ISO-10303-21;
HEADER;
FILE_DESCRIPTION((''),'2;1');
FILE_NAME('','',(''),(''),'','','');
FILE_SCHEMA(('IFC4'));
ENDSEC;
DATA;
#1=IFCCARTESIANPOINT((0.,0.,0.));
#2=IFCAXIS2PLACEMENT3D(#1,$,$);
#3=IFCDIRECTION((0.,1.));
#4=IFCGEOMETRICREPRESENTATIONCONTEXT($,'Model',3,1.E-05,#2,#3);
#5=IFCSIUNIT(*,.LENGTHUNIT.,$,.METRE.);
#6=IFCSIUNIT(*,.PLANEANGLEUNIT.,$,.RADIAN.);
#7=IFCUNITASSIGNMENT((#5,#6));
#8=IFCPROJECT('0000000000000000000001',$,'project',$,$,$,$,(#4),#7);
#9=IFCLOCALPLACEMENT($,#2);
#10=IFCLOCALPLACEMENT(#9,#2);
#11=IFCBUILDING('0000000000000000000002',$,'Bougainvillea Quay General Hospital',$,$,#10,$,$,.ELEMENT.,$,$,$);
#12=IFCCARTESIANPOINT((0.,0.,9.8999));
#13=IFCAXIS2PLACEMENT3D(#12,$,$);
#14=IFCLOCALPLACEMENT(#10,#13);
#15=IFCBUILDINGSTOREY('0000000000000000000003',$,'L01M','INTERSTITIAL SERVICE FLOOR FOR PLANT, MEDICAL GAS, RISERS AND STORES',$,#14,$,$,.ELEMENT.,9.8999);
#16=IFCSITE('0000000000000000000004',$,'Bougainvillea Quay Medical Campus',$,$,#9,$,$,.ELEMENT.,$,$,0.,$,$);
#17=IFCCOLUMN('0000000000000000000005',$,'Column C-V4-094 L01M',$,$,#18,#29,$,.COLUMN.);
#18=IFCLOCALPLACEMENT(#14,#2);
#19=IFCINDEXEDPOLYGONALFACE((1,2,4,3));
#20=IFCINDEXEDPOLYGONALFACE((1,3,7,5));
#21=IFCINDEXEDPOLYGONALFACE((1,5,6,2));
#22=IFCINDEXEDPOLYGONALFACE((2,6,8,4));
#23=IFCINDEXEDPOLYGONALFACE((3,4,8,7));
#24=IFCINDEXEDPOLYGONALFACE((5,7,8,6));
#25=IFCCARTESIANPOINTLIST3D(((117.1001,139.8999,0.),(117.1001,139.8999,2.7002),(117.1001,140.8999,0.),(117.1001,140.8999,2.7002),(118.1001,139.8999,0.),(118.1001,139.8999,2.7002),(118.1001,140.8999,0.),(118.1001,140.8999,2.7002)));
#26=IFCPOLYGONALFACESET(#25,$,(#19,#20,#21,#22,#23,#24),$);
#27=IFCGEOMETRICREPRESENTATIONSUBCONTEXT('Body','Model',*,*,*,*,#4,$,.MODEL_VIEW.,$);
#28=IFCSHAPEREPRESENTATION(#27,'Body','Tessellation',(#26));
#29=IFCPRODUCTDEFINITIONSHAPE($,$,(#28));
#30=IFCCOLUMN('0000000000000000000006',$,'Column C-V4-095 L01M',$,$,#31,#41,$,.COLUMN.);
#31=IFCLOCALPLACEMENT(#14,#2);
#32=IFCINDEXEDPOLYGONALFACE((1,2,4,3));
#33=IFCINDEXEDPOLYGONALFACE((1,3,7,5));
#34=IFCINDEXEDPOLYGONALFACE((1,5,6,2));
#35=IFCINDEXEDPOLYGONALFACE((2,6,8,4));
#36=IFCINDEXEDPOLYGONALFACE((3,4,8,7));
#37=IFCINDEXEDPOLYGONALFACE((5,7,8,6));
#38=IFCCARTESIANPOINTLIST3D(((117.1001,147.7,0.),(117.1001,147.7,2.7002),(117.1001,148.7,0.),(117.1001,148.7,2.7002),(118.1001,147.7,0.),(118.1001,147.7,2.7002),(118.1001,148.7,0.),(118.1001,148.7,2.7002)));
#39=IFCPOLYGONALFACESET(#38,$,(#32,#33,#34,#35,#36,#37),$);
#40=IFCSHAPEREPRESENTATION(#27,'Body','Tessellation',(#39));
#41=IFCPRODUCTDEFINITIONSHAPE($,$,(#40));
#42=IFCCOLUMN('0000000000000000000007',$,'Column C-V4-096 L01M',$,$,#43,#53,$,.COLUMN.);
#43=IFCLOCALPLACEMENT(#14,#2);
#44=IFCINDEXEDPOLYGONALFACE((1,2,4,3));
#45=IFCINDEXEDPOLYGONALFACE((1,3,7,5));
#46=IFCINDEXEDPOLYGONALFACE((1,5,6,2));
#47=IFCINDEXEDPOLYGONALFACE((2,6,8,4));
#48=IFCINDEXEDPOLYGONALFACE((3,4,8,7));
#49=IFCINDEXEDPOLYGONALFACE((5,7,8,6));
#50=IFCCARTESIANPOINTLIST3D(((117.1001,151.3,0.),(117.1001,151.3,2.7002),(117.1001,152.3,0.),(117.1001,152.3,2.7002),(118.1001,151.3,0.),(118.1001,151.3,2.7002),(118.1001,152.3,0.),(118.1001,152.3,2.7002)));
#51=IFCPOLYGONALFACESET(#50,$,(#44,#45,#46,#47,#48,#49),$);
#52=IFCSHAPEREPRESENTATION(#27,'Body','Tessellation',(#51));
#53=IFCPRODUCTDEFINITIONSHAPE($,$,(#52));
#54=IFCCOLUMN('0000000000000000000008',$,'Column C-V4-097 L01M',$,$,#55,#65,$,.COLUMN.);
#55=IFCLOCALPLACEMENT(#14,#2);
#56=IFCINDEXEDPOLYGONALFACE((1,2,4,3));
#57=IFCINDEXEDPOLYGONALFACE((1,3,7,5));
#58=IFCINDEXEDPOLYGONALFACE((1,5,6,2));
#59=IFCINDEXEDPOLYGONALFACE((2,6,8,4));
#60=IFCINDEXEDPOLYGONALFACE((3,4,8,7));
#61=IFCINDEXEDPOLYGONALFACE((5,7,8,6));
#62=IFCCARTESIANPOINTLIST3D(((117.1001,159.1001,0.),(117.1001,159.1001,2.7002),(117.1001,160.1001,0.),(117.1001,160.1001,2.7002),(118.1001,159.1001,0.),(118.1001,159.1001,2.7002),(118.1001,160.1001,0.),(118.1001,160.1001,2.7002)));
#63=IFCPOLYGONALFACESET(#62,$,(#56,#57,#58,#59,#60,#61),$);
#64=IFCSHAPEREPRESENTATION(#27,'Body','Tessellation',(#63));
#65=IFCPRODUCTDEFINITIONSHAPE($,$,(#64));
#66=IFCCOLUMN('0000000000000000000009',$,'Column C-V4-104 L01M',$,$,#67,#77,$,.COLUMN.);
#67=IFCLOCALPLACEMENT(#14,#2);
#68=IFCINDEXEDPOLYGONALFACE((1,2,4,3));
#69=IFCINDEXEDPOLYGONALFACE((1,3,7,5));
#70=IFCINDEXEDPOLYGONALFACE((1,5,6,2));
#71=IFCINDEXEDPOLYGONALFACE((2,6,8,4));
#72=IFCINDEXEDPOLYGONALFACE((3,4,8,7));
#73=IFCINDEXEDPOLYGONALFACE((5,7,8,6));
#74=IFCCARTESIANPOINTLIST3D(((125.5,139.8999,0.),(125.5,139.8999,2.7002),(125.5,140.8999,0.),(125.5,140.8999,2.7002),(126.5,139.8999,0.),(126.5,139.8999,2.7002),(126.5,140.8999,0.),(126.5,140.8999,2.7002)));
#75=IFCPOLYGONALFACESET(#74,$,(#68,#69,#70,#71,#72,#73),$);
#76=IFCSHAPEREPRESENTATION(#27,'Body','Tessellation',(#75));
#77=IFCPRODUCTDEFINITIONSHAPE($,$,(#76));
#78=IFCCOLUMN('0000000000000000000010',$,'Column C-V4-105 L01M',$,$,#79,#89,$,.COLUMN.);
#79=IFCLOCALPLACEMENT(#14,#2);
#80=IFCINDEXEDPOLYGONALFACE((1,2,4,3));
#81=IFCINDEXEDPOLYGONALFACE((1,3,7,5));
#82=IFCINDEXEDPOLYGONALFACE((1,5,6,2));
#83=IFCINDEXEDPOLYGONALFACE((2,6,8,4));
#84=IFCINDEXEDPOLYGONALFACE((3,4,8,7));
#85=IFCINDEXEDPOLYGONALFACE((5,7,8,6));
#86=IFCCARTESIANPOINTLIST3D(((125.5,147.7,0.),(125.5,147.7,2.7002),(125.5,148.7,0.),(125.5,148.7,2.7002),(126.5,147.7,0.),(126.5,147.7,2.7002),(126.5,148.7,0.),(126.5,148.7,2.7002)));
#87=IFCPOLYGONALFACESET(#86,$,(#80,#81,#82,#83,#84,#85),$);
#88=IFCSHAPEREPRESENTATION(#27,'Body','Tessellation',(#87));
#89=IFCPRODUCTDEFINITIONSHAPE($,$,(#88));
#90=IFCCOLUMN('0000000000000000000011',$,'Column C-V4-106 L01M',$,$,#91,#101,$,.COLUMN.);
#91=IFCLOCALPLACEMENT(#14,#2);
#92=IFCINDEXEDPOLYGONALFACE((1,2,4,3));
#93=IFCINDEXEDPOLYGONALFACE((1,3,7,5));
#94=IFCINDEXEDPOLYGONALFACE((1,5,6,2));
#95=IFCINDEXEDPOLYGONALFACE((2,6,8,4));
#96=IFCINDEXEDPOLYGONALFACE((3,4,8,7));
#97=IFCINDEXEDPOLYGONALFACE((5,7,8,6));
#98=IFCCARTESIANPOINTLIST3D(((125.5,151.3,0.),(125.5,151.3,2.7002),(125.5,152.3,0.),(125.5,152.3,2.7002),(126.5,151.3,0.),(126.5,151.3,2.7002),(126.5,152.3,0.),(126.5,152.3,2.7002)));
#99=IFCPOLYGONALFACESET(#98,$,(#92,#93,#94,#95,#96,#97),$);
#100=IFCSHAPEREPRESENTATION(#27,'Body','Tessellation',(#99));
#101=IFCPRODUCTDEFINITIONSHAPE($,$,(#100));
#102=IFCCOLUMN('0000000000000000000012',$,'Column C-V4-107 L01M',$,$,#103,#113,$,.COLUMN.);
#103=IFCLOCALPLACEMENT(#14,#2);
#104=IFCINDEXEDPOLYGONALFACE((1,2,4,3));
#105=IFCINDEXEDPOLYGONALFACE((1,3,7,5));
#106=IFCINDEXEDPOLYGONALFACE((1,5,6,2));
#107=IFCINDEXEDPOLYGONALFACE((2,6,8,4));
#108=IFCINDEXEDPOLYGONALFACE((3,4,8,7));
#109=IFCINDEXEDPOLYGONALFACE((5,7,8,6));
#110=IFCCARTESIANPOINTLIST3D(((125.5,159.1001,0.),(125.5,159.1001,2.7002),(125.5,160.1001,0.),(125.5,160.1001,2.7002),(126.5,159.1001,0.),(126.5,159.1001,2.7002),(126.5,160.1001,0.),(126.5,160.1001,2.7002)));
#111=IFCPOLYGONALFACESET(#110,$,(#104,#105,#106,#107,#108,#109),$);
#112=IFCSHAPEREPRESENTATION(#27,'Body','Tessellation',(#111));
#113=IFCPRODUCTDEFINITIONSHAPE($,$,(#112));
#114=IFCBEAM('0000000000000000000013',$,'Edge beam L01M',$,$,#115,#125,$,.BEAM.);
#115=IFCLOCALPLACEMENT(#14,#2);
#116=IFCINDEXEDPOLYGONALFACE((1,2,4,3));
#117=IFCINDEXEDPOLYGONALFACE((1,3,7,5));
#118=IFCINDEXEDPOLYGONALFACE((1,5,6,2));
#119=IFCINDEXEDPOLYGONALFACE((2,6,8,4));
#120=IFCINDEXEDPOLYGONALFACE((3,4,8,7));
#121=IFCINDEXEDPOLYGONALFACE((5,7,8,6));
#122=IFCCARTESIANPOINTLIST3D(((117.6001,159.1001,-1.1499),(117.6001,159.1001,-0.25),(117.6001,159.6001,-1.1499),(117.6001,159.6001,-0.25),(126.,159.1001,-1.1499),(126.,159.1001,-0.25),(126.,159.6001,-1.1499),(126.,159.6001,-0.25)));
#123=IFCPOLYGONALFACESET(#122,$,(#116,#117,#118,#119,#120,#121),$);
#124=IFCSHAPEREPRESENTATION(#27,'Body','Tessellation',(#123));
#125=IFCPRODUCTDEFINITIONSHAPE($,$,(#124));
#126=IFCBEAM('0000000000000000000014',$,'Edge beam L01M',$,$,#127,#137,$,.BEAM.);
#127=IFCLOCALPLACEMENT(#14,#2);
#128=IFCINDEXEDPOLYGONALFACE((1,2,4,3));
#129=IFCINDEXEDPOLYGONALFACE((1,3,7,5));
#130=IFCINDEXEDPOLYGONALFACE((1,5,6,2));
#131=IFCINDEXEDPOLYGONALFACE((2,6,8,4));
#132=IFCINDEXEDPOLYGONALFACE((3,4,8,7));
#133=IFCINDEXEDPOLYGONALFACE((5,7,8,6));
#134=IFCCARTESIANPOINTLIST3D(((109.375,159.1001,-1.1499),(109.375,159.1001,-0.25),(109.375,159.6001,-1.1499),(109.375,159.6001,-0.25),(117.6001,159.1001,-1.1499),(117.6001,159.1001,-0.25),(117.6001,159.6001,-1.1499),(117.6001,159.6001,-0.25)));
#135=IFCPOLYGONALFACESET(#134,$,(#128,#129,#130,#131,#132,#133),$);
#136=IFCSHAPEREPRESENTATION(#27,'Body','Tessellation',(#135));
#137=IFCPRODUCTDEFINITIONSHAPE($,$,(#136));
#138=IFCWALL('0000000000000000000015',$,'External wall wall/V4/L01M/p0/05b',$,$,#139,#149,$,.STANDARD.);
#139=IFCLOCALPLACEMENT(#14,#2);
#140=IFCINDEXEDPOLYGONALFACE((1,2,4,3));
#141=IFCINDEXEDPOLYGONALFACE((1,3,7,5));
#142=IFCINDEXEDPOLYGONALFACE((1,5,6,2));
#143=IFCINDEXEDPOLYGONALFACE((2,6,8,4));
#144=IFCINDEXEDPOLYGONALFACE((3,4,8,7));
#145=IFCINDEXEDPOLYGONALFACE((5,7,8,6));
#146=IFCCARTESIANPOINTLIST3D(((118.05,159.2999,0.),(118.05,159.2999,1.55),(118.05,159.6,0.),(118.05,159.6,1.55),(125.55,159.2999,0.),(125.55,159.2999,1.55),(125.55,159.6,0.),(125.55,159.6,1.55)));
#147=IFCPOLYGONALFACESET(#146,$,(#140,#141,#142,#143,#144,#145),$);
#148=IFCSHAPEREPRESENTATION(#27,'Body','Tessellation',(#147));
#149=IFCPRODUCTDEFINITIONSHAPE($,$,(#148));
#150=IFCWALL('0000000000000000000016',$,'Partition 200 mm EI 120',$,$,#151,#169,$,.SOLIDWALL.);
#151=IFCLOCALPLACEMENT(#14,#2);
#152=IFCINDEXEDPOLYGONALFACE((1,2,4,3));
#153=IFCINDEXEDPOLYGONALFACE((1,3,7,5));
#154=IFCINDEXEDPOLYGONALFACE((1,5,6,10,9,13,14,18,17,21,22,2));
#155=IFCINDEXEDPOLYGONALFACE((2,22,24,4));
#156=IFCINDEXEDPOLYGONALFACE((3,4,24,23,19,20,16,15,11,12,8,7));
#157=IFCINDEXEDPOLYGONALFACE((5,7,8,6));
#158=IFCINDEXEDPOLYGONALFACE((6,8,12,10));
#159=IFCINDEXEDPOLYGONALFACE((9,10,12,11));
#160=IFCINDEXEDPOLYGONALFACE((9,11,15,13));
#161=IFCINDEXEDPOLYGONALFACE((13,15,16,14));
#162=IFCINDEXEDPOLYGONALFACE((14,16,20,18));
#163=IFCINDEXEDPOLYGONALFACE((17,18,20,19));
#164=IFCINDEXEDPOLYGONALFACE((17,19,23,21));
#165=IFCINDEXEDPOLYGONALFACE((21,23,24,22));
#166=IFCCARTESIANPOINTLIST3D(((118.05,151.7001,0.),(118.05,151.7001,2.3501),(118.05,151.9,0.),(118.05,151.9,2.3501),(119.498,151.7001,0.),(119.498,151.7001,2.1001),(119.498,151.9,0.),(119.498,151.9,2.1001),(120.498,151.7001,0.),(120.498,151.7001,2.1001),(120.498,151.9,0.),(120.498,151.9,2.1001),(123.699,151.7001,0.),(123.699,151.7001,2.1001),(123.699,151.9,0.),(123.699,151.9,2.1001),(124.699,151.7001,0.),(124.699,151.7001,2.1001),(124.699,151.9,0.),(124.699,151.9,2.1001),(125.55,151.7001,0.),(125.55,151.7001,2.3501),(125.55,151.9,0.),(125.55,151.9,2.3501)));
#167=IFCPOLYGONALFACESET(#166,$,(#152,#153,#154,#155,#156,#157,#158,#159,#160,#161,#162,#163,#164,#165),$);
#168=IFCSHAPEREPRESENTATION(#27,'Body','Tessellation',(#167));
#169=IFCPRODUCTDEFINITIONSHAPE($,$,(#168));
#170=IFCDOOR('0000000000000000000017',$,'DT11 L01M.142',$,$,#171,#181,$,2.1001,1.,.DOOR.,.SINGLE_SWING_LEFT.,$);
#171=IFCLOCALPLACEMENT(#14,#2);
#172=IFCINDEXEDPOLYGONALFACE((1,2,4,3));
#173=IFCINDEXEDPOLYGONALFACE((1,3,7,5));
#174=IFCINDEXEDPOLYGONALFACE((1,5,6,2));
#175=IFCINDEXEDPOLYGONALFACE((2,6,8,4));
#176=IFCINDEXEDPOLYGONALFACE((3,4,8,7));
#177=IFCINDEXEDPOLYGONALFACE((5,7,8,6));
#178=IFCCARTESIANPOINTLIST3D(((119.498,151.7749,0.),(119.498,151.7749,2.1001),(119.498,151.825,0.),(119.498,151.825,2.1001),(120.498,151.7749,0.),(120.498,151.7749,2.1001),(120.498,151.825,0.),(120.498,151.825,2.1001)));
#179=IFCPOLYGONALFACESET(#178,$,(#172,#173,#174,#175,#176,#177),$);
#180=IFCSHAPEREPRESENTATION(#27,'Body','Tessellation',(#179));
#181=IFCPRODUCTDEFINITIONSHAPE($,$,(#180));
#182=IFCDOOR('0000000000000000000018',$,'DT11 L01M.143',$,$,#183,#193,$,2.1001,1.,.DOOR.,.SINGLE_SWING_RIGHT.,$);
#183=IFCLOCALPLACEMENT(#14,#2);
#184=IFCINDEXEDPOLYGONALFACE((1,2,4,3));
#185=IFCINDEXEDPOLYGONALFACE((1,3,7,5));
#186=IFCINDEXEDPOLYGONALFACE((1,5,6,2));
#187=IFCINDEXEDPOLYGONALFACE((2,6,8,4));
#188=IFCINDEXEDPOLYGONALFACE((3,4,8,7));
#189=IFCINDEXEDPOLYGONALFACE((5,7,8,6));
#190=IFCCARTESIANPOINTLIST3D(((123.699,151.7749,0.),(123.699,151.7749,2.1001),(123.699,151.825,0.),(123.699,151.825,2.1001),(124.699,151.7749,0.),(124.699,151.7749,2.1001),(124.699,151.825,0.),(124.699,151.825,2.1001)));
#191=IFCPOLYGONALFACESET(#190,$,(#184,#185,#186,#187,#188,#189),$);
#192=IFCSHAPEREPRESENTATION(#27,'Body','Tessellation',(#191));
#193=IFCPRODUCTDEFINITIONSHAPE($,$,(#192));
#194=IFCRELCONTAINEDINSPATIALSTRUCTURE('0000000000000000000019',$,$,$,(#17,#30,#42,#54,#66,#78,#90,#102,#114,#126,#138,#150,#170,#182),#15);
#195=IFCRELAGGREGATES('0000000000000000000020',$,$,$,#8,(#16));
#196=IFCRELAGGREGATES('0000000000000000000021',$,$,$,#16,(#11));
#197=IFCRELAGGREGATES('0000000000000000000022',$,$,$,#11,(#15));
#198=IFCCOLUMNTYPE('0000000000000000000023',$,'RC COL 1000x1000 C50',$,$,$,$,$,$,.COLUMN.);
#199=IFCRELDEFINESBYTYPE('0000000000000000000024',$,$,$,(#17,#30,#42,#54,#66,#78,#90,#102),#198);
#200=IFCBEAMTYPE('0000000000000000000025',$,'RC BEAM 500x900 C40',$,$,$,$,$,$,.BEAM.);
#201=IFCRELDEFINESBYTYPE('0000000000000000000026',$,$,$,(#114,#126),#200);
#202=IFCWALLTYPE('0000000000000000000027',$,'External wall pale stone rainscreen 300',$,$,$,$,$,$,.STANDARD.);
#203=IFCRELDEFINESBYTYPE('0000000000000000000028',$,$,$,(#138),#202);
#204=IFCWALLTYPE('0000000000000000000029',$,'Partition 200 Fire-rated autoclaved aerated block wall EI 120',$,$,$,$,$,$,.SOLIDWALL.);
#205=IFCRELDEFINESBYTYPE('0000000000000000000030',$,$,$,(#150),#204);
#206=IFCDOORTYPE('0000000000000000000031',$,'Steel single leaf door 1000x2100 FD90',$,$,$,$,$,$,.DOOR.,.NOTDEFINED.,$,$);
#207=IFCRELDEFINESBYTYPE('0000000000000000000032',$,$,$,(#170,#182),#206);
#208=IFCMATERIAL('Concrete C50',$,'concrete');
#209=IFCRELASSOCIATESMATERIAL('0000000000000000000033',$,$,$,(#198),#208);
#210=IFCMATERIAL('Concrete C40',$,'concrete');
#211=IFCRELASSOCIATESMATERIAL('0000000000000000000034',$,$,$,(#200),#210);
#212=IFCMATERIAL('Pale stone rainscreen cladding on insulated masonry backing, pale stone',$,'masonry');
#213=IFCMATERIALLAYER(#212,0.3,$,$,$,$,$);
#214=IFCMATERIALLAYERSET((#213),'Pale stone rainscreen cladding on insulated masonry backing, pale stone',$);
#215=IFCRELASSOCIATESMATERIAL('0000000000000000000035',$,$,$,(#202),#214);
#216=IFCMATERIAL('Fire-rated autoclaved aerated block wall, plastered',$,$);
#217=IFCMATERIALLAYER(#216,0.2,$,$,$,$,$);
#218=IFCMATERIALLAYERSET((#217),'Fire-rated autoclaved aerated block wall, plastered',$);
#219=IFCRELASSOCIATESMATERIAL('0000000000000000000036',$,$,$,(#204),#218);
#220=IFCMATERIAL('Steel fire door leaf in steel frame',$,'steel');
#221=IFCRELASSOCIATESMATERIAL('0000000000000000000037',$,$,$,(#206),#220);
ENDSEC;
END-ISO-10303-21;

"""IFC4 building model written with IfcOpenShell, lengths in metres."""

from ifc_helpers import new_model, si_unit, direction, frame, frame_2d, origin, origin_2d, place, context, subcontext, project, spatial, rectangle, extrude, material, layer, layer_set, material_profile, profile_set, type_object, element, fill, save


model = new_model("IFC4")

# Units and contexts
model_context = context("Model", 3, precision=1e-05, world=origin(), true_north=direction((0.0, 1.0)))
body_context = subcontext(model_context, "Body", "Model", "MODEL_VIEW")
ifc_project = project(units=[si_unit("LENGTHUNIT", "METRE"), si_unit("PLANEANGLEUNIT", "RADIAN")], contexts=[model_context])

# Site, building, storey
site_placement = place(None, origin())
site = spatial("IfcSite", under=ifc_project, at=site_placement, Name="Bougainvillea Quay Medical Campus", CompositionType="ELEMENT", RefElevation=0.0)
building_placement = place(site_placement, origin())
building = spatial("IfcBuilding", under=site, at=building_placement, Name="Bougainvillea Quay General Hospital", CompositionType="ELEMENT")
storey_placement = place(building_placement, frame((0.0, 0.0, 9.8999)))
storey = spatial("IfcBuildingStorey", under=building, at=storey_placement, Name="L01M", Description="INTERSTITIAL SERVICE FLOOR FOR PLANT, MEDICAL GAS, RISERS AND STORES", CompositionType="ELEMENT", Elevation=9.8999)

# Columns
ifc_material_1 = material(Name="Concrete C50", Category="concrete")
ifc_material_profile_1 = material_profile(ifc_material_1, rectangle(XDim=1.0, YDim=1.0, at=origin_2d()))
ifc_profile_set_1 = profile_set([ifc_material_profile_1], Name="Concrete C50")
column_type = type_object("IfcColumnType", Name="RC COL 1000x1000 C50", PredefinedType="COLUMN", material=ifc_profile_set_1)
for number, where, z_axis, x_axis, name in (
    (1, (117.6001, 140.3999, 0.0), (0.0, 0.0, 1.0), (1.0, 0.0, 0.0), "Column C-V4-094 L01M"),
    (2, (117.6001, 148.2, 0.0), (0.0, 0.0, 1.0), (1.0, 0.0, 0.0), "Column C-V4-095 L01M"),
    (3, (117.6001, 151.8, 0.0), (0.0, 0.0, 1.0), (1.0, 0.0, 0.0), "Column C-V4-096 L01M"),
    (4, (117.6001, 159.6001, 0.0), (0.0, 0.0, 1.0), (1.0, 0.0, 0.0), "Column C-V4-097 L01M"),
    (5, (126.0, 140.3999, 0.0), (0.0, 0.0, 1.0), (1.0, 0.0, 0.0), "Column C-V4-104 L01M"),
    (6, (126.0, 148.2, 0.0), (0.0, 0.0, 1.0), (1.0, 0.0, 0.0), "Column C-V4-105 L01M"),
    (7, (126.0, 151.8, 0.0), (0.0, 0.0, 1.0), (1.0, 0.0, 0.0), "Column C-V4-106 L01M"),
    (8, (126.0, 159.6001, 0.0), (0.0, 0.0, 1.0), (1.0, 0.0, 0.0), "Column C-V4-107 L01M"),
):
    element("IfcColumn", number, at=place(storey_placement, frame(where, z_axis=z_axis, x_axis=x_axis)), inside=storey, type_object=column_type, Name=name, PredefinedType="COLUMN", context=body_context, shape_type="SweptSolid", body=[
        extrude(rectangle(XDim=1.0, YDim=1.0, at=origin_2d()), origin(), (0.0, 0.0, 1.0), 2.7002),
    ])

# Beams
ifc_material_2 = material(Name="Concrete C40", Category="concrete")
ifc_material_profile_2 = material_profile(ifc_material_2, rectangle(XDim=0.5, YDim=0.8999, at=origin_2d()))
ifc_profile_set_2 = profile_set([ifc_material_profile_2], Name="Concrete C40")
beam_type = type_object("IfcBeamType", Name="RC BEAM 500x900 C40", PredefinedType="BEAM", material=ifc_profile_set_2)
beam_1_placement = place(storey_placement, frame((126.0, 159.3501, -0.7), z_axis=(-1.0, 0.0, 0.0), x_axis=(0.0, -1.0, 0.0)))
element("IfcBeam", 9, at=beam_1_placement, inside=storey, type_object=beam_type, Name="Edge beam L01M", PredefinedType="BEAM", context=body_context, shape_type="SweptSolid", body=[
    extrude(rectangle(XDim=0.5, YDim=0.8999, at=origin_2d()), origin(), (0.0, 0.0, 1.0), 8.3999),
])
beam_2_placement = place(storey_placement, frame((117.6001, 159.3501, -0.7), z_axis=(-1.0, 0.0, 0.0), x_axis=(0.0, -1.0, 0.0)))
element("IfcBeam", 10, at=beam_2_placement, inside=storey, type_object=beam_type, Name="Edge beam L01M", PredefinedType="BEAM", context=body_context, shape_type="SweptSolid", body=[
    extrude(rectangle(XDim=0.5, YDim=0.8999, at=origin_2d()), origin(), (0.0, 0.0, 1.0), 8.2251),
])

# Wall
ifc_material_3 = material(Name="Pale stone rainscreen cladding on insulated masonry backing, pale stone", Category="masonry")
ifc_layer_1 = layer(ifc_material_3, 0.3)
ifc_layer_set_1 = layer_set([ifc_layer_1], Name="Pale stone rainscreen cladding on insulated masonry backing, pale stone")
wall_type_1 = type_object("IfcWallType", Name="External wall pale stone rainscreen 300", PredefinedType="STANDARD", material=ifc_layer_set_1)
wall_1_placement = place(storey_placement, frame((125.55, 159.45, 0.0), z_axis=(0.0, 0.0, 1.0), x_axis=(-1.0, 0.0, 0.0)))
element("IfcWall", 11, at=wall_1_placement, inside=storey, type_object=wall_type_1, Name="External wall wall/V4/L01M/p0/05b", PredefinedType="STANDARD", context=body_context, shape_type="SweptSolid", body=[
    extrude(rectangle(XDim=7.5, YDim=0.3, at=frame_2d((3.75, 0.0))), origin(), (0.0, 0.0, 1.0), 1.55),
])

# Wall, openings, doors
ifc_material_4 = material(Name="Fire-rated autoclaved aerated block wall, plastered")
ifc_layer_2 = layer(ifc_material_4, 0.2)
ifc_layer_set_2 = layer_set([ifc_layer_2], Name="Fire-rated autoclaved aerated block wall, plastered")
wall_type_2 = type_object("IfcWallType", Name="Partition 200 Fire-rated autoclaved aerated block wall EI 120", PredefinedType="SOLIDWALL", material=ifc_layer_set_2)
wall_2_placement = place(storey_placement, frame((125.55, 151.8, 0.0), z_axis=(0.0, 0.0, 1.0), x_axis=(-1.0, 0.0, 0.0)))
wall_2 = element("IfcWall", 12, at=wall_2_placement, inside=storey, type_object=wall_type_2, Name="Partition 200 mm EI 120", PredefinedType="SOLIDWALL", context=body_context, shape_type="SweptSolid", body=[
    extrude(rectangle(XDim=7.5, YDim=0.2, at=frame_2d((3.75, 0.0))), origin(), (0.0, 0.0, 1.0), 2.3501),
])
opening_1_placement = place(wall_2_placement, frame((5.052, 0.0, 0.0)))
opening_1 = element("IfcOpeningElement", 13, at=opening_1_placement, cuts=wall_2, PredefinedType="OPENING", context=body_context, shape_type="SweptSolid", body=[
    extrude(rectangle(XDim=1.0, YDim=2.1001, at=frame_2d((0.5, 1.05))), frame((0.0, 0.1099, 0.0), z_axis=(0.0, -1.0, 0.0), x_axis=(1.0, 0.0, 0.0)), (0.0, 0.0, 1.0), 0.22),
])
opening_2_placement = place(wall_2_placement, frame((0.8511, 0.0, 0.0)))
opening_2 = element("IfcOpeningElement", 14, at=opening_2_placement, cuts=wall_2, PredefinedType="OPENING", context=body_context, shape_type="SweptSolid", body=[
    extrude(rectangle(XDim=1.0, YDim=2.1001, at=frame_2d((0.5, 1.05))), frame((0.0, 0.1099, 0.0), z_axis=(0.0, -1.0, 0.0), x_axis=(1.0, 0.0, 0.0)), (0.0, 0.0, 1.0), 0.22),
])
ifc_material_5 = material(Name="Steel fire door leaf in steel frame", Category="steel")
door_type_1 = type_object("IfcDoorType", Name="Steel single leaf door 1000x2100 FD90", OperationType="NOTDEFINED", PredefinedType="DOOR", material=ifc_material_5)
door_1_placement = place(opening_1_placement, frame((1.0, 0.0, 0.0), z_axis=(0.0, 0.0, 1.0), x_axis=(-1.0, 0.0, 0.0)))
door_1 = element("IfcDoor", 15, at=door_1_placement, inside=storey, type_object=door_type_1, Name="DT11 L01M.142", OperationType="SINGLE_SWING_LEFT", OverallHeight=2.1001, OverallWidth=1.0, PredefinedType="DOOR", context=body_context, shape_type="SweptSolid", body=[
    extrude(rectangle(XDim=1.0, YDim=2.1001, at=frame_2d((0.5, 1.05))), frame((0.0, 0.0249, 0.0), z_axis=(0.0, -1.0, 0.0), x_axis=(1.0, 0.0, 0.0)), (0.0, 0.0, 1.0), 0.05),
])
fill(opening_1, door_1)
door_2_placement = place(opening_2_placement, frame((1.0, 0.0, 0.0), z_axis=(0.0, 0.0, 1.0), x_axis=(-1.0, 0.0, 0.0)))
door_2 = element("IfcDoor", 16, at=door_2_placement, inside=storey, type_object=door_type_1, Name="DT11 L01M.143", OperationType="SINGLE_SWING_RIGHT", OverallHeight=2.1001, OverallWidth=1.0, PredefinedType="DOOR", context=body_context, shape_type="SweptSolid", body=[
    extrude(rectangle(XDim=1.0, YDim=2.1001, at=frame_2d((0.5, 1.05))), frame((0.0, 0.0249, 0.0), z_axis=(0.0, -1.0, 0.0), x_axis=(1.0, 0.0, 0.0)), (0.0, 0.0, 1.0), 0.05),
])
fill(opening_2, door_2)

save(model, "model.ifc")
